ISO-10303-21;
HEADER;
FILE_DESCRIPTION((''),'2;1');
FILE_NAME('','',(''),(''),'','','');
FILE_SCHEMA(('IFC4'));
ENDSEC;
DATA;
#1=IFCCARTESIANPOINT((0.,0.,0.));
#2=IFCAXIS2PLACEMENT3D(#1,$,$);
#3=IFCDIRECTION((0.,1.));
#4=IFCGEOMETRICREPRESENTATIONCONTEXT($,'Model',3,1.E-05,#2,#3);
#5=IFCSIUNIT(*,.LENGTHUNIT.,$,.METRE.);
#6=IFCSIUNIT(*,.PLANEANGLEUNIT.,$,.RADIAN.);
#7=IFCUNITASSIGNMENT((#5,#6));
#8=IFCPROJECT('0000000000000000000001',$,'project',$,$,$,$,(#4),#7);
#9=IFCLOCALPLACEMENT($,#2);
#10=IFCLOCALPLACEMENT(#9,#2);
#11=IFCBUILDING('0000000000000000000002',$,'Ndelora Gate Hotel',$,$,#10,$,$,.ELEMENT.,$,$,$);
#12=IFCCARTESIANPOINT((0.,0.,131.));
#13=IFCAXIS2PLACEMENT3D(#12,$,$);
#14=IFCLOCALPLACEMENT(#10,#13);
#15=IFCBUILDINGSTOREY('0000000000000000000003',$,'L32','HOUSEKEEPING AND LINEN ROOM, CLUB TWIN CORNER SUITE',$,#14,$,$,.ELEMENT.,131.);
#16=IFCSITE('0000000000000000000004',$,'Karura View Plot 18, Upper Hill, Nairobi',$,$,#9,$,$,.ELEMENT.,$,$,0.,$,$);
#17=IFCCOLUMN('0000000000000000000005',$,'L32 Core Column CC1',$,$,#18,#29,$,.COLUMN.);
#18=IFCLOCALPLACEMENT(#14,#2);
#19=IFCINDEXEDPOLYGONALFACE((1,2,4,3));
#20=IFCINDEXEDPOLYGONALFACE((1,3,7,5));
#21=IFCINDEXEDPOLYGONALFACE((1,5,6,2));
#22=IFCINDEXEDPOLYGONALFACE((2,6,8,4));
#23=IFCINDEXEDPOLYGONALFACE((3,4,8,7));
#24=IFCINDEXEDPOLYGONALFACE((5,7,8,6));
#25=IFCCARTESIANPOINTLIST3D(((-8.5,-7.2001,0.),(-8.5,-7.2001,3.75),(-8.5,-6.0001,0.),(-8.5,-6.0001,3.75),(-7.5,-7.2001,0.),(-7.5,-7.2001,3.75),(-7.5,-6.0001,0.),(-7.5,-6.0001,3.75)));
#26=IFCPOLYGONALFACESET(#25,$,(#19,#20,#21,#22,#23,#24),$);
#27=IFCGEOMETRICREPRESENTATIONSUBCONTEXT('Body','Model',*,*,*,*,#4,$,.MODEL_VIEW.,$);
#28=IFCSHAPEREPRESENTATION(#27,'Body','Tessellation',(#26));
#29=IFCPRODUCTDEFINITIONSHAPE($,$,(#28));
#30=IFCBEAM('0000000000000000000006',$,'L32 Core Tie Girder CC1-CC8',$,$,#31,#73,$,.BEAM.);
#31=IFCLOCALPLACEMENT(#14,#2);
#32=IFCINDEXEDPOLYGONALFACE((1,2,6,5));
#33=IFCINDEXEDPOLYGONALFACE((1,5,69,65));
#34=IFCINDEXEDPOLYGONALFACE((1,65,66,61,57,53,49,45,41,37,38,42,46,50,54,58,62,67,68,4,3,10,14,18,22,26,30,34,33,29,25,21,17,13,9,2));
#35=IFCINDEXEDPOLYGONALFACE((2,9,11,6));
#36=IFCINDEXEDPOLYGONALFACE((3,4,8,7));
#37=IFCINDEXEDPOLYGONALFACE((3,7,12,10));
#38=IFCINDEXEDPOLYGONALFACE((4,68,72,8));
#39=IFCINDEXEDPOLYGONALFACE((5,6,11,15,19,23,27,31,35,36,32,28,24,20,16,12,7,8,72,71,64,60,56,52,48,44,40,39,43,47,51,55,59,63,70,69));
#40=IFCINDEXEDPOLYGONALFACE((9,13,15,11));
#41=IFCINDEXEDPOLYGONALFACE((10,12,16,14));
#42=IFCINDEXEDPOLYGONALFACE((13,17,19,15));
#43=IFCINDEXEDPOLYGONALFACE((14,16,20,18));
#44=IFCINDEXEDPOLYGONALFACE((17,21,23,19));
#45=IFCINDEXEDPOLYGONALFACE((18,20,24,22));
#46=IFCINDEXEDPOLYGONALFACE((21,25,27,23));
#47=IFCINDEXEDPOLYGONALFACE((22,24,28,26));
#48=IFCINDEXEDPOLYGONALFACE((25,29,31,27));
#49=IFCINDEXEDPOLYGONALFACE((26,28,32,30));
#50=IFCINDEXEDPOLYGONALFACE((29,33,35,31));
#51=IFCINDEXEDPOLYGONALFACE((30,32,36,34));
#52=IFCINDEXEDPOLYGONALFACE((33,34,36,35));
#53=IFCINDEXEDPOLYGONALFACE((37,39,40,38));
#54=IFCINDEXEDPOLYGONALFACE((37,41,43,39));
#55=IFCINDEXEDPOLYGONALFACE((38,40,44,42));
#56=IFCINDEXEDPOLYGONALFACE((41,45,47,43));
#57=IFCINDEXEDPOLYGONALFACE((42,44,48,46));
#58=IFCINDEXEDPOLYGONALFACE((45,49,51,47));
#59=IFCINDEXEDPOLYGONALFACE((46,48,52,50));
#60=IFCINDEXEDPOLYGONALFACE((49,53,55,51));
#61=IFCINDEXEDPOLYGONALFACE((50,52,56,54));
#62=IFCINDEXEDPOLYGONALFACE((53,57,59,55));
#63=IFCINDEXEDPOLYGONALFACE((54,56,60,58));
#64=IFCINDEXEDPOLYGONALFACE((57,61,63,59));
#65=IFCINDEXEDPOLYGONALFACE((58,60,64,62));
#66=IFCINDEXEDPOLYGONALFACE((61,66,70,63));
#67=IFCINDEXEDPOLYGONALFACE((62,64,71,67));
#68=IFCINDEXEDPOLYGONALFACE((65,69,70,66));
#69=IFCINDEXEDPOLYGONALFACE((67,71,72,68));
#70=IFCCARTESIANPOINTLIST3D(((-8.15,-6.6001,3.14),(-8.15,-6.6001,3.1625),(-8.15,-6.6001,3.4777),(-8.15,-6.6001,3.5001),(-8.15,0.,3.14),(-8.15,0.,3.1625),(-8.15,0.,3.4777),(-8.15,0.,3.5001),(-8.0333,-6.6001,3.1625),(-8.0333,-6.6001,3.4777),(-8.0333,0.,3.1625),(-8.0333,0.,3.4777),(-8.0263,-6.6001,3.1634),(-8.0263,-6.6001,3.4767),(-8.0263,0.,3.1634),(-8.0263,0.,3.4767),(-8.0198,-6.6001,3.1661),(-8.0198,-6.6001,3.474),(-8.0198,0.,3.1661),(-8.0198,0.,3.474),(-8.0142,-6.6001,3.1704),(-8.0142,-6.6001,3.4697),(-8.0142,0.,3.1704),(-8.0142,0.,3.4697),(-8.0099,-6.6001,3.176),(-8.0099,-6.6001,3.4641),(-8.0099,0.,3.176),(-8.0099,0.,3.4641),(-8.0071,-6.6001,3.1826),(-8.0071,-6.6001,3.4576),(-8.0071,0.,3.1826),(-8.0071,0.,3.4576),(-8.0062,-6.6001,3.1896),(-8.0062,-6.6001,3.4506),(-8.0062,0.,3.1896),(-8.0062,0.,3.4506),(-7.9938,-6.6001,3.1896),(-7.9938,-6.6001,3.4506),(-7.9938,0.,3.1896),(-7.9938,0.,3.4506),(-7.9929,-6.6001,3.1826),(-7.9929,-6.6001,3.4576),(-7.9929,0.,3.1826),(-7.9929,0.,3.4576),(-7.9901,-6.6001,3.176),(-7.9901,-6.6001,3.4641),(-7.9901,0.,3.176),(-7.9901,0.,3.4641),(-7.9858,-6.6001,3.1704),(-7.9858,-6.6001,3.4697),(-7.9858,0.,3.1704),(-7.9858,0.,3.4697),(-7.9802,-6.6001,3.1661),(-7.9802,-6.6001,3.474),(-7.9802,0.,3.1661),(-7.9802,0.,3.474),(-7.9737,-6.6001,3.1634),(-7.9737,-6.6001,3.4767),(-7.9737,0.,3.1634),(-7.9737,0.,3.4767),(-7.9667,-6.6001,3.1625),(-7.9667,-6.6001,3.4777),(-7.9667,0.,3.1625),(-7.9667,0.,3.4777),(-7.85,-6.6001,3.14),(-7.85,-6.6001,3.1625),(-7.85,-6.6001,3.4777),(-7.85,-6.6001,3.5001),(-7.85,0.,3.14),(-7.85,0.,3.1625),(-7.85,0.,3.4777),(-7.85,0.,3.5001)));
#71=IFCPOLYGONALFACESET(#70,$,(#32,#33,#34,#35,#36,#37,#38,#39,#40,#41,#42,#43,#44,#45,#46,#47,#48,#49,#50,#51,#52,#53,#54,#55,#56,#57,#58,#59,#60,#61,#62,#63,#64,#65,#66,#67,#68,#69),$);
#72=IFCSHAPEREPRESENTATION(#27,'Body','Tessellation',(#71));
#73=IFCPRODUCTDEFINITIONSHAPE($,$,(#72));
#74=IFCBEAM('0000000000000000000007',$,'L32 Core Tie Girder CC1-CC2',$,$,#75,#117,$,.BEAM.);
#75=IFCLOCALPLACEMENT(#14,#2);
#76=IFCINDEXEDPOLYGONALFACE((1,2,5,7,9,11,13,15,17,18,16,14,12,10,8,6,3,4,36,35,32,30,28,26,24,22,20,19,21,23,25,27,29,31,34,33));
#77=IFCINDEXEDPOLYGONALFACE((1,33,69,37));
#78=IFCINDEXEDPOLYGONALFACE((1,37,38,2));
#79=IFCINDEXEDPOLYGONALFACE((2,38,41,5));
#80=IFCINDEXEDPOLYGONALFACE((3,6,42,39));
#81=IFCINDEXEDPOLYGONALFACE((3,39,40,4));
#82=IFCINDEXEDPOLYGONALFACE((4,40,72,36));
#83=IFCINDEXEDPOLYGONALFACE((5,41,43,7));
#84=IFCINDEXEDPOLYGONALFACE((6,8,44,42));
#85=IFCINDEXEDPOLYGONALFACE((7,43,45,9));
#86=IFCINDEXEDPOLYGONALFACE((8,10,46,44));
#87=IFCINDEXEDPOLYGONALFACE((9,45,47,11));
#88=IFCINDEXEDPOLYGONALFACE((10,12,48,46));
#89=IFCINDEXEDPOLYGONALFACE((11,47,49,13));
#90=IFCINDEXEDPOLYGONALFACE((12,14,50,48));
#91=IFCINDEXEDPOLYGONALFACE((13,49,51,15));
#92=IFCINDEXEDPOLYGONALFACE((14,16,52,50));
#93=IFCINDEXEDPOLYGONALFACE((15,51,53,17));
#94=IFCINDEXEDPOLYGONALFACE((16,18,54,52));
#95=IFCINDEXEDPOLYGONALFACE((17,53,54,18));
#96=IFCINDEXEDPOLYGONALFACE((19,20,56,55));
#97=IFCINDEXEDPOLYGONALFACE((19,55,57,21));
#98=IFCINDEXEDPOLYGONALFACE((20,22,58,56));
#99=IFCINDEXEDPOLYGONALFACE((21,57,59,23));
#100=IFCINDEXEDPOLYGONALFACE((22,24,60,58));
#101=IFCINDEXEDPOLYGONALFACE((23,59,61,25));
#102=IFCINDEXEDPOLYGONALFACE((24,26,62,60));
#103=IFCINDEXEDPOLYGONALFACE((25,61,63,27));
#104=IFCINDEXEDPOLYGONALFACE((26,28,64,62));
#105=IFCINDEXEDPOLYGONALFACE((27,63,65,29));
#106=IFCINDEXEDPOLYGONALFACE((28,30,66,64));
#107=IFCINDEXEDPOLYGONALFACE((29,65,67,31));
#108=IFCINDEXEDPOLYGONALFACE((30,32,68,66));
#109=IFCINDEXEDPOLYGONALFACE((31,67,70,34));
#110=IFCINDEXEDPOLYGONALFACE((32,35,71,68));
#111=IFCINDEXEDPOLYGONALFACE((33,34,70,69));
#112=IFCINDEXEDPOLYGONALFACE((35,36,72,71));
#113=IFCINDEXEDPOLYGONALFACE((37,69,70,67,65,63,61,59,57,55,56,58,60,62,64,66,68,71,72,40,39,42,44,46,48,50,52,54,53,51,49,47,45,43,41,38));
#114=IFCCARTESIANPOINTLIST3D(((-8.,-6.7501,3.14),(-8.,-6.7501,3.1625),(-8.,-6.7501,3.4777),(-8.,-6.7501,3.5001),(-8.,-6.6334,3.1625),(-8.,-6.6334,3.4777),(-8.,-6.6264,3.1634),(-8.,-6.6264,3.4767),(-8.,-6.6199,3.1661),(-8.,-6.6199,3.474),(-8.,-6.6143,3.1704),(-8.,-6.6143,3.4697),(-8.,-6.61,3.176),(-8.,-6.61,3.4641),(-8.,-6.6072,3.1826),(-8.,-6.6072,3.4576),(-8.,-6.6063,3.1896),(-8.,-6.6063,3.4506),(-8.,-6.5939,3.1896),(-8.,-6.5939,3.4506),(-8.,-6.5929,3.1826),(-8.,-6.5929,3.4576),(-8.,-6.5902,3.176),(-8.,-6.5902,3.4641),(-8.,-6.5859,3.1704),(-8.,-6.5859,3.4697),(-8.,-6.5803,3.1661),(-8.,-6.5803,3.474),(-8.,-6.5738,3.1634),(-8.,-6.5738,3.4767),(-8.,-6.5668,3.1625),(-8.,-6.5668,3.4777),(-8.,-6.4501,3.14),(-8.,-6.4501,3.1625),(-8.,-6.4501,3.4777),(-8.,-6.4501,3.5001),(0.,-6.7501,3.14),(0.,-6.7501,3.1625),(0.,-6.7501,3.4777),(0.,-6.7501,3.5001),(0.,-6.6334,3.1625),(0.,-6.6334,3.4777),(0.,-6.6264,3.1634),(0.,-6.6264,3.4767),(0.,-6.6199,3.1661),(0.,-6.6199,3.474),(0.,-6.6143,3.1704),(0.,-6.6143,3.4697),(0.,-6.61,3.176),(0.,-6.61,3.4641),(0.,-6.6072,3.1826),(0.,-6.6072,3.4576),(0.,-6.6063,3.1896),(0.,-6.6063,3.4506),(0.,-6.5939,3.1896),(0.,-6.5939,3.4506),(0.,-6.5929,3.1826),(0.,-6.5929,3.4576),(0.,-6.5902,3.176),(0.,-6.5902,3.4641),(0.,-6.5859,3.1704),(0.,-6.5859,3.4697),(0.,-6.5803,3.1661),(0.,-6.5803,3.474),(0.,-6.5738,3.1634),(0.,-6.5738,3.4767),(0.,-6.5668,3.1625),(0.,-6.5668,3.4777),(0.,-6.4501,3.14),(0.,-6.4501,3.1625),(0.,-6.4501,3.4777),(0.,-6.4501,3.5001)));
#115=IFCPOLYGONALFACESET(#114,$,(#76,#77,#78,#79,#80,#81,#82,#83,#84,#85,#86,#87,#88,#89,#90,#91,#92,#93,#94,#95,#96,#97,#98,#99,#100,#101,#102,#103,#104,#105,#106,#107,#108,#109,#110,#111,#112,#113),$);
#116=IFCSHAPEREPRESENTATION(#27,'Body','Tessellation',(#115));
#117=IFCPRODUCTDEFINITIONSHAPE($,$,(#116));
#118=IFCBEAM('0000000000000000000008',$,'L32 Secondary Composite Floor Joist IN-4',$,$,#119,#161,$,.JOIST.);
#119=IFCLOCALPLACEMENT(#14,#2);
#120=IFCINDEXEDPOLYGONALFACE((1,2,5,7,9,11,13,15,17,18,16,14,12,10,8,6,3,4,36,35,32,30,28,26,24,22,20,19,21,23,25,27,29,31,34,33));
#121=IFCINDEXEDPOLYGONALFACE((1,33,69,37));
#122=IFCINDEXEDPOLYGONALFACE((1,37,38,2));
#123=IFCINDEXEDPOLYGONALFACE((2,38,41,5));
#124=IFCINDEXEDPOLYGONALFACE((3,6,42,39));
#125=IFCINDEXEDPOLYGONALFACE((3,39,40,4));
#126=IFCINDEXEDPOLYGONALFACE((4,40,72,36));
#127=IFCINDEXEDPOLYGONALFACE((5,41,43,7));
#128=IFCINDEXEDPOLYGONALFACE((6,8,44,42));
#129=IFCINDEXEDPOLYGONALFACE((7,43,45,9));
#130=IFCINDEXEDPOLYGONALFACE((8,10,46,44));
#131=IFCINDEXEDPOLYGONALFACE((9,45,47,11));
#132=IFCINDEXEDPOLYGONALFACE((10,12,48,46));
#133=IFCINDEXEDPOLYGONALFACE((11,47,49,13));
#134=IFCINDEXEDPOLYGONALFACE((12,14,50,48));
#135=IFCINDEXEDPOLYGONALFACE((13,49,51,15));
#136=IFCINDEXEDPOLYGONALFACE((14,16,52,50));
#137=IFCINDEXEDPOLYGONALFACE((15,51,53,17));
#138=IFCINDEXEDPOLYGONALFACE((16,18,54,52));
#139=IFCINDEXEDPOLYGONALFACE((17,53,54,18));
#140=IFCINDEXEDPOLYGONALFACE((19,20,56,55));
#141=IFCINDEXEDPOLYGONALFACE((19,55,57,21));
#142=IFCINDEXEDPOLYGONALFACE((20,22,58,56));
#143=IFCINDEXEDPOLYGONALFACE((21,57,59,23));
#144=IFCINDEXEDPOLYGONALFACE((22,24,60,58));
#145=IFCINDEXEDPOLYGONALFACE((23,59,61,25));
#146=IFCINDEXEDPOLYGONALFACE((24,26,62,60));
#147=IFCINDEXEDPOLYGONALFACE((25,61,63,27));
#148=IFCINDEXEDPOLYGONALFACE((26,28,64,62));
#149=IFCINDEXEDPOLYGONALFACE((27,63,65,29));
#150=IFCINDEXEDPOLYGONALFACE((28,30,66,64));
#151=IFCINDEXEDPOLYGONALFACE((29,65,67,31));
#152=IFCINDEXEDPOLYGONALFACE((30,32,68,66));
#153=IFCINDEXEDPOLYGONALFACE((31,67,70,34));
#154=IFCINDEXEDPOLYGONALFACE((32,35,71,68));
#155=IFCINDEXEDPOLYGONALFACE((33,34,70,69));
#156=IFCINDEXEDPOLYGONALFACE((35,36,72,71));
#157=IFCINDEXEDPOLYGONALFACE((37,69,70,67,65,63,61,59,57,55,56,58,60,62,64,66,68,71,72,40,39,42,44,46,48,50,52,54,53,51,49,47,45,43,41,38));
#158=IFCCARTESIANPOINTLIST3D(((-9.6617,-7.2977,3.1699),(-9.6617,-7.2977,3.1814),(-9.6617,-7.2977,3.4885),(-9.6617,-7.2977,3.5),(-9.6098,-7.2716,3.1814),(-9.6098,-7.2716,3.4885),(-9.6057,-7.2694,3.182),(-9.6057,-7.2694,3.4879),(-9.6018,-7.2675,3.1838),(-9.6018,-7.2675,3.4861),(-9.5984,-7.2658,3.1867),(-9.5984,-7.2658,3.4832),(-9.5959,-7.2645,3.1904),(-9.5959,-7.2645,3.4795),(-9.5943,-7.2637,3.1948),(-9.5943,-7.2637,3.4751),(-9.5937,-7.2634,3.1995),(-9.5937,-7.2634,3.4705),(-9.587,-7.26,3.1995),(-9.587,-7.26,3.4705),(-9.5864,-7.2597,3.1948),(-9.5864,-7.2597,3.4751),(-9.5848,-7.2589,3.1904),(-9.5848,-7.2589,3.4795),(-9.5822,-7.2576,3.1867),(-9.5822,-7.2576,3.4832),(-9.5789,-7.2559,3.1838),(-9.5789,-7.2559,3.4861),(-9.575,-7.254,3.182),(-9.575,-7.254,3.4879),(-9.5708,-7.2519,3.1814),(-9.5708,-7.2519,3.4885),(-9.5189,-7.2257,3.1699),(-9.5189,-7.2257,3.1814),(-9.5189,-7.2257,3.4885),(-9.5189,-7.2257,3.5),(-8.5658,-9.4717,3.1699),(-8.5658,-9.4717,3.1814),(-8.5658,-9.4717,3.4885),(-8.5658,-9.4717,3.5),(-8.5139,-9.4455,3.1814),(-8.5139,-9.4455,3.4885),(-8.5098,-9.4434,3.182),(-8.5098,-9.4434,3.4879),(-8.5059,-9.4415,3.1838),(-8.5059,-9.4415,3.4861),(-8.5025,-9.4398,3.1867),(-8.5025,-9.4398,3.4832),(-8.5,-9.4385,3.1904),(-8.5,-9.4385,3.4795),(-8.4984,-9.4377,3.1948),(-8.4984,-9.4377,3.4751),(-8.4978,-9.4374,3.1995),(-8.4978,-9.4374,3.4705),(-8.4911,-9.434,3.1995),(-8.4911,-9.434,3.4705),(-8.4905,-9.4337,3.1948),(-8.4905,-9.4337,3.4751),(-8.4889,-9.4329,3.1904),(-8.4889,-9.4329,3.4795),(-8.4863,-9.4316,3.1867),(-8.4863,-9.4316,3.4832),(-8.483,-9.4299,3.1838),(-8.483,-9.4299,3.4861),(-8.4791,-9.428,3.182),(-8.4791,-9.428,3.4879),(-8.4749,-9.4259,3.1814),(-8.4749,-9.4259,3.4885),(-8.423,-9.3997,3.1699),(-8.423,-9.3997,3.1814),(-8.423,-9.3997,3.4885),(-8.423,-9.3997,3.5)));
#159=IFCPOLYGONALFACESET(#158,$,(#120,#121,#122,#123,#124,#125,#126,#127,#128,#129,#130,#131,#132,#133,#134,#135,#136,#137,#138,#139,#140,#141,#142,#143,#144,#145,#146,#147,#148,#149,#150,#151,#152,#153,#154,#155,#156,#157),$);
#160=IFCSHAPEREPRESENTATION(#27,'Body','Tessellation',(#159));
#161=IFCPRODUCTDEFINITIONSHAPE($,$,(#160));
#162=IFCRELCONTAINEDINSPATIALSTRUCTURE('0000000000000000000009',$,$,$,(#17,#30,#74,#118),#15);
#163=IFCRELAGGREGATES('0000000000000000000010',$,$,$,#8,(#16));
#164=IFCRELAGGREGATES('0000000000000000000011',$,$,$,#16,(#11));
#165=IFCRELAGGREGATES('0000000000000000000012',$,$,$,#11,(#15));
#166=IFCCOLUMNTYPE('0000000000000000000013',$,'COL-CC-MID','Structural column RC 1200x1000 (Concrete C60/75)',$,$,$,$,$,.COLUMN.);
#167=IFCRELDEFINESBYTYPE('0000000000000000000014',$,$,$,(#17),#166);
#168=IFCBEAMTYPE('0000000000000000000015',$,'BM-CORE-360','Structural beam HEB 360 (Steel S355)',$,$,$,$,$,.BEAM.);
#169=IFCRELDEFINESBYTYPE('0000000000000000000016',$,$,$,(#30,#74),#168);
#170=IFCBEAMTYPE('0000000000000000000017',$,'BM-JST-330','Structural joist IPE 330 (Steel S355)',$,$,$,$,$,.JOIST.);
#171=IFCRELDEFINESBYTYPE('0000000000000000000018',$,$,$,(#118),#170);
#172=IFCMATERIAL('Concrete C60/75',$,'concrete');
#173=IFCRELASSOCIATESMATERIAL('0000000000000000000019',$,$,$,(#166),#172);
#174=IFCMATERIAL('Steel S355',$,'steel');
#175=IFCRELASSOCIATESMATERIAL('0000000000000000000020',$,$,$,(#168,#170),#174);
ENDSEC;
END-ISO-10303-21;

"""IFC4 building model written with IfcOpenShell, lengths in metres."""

from ifc_helpers import new_model, si_unit, direction, frame, origin, origin_2d, place, context, subcontext, project, spatial, rectangle, i_section, extrude, material, material_profile, profile_set, type_object, element, save


model = new_model("IFC4")

# Units and contexts
model_context = context("Model", 3, precision=1e-05, world=origin(), true_north=direction((0.0, 1.0)))
body_context = subcontext(model_context, "Body", "Model", "MODEL_VIEW")
ifc_project = project(units=[si_unit("LENGTHUNIT", "METRE"), si_unit("PLANEANGLEUNIT", "RADIAN")], contexts=[model_context])

# Site, building, storey
site_placement = place(None, origin())
site = spatial("IfcSite", under=ifc_project, at=site_placement, Name="Karura View Plot 18, Upper Hill, Nairobi", CompositionType="ELEMENT", RefElevation=0.0)
building_placement = place(site_placement, origin())
building = spatial("IfcBuilding", under=site, at=building_placement, Name="Ndelora Gate Hotel", CompositionType="ELEMENT")
storey_placement = place(building_placement, frame((0.0, 0.0, 131.0)))
storey = spatial("IfcBuildingStorey", under=building, at=storey_placement, Name="L32", Description="HOUSEKEEPING AND LINEN ROOM, CLUB TWIN CORNER SUITE", CompositionType="ELEMENT", Elevation=131.0)

# Column
ifc_material_1 = material(Name="Concrete C60/75", Category="concrete")
ifc_material_profile_1 = material_profile(ifc_material_1, rectangle(XDim=1.0, YDim=1.2, at=origin_2d()), Name="RC 1200x1000")
ifc_profile_set_1 = profile_set([ifc_material_profile_1], Name="Concrete C60/75")
column_type = type_object("IfcColumnType", Name="COL-CC-MID", Description="Structural column RC 1200x1000 (Concrete C60/75)", PredefinedType="COLUMN", material=ifc_profile_set_1)
column_placement = place(storey_placement, frame((-8.0, -6.6001, 0.0), z_axis=(0.0, 0.0, 1.0), x_axis=(1.0, 0.0, 0.0)))
element("IfcColumn", 1, at=column_placement, inside=storey, type_object=column_type, Name="L32 Core Column CC1", PredefinedType="COLUMN", context=body_context, shape_type="SweptSolid", body=[
    extrude(rectangle(XDim=1.0, YDim=1.2, at=origin_2d()), origin(), (0.0, 0.0, 1.0), 3.75),
])

# Beams
ifc_material_2 = material(Name="Steel S355", Category="steel")
ifc_material_profile_2 = material_profile(ifc_material_2, i_section(OverallWidth=0.3, OverallDepth=0.3601, WebThickness=0.0125, FlangeThickness=0.0225, FilletRadius=0.0271, at=origin_2d()), Name="HEB 360")
ifc_profile_set_2 = profile_set([ifc_material_profile_2], Name="Steel S355")
beam_type_1 = type_object("IfcBeamType", Name="BM-CORE-360", Description="Structural beam HEB 360 (Steel S355)", PredefinedType="BEAM", material=ifc_profile_set_2)
beam_1_placement = place(storey_placement, frame((-8.0, -6.6001, 3.3201), z_axis=(0.0, 1.0, 0.0), x_axis=(-1.0, 0.0, 0.0)))
element("IfcBeam", 2, at=beam_1_placement, inside=storey, type_object=beam_type_1, Name="L32 Core Tie Girder CC1-CC8", PredefinedType="BEAM", context=body_context, shape_type="SweptSolid", body=[
    extrude(i_section(OverallWidth=0.3, OverallDepth=0.3601, WebThickness=0.0125, FlangeThickness=0.0225, FilletRadius=0.0271, at=origin_2d()), origin(), (0.0, 0.0, 1.0), 6.6001),
])
beam_2_placement = place(storey_placement, frame((-8.0, -6.6001, 3.3201), z_axis=(1.0, 0.0, 0.0), x_axis=(0.0, 1.0, 0.0)))
element("IfcBeam", 3, at=beam_2_placement, inside=storey, type_object=beam_type_1, Name="L32 Core Tie Girder CC1-CC2", PredefinedType="BEAM", context=body_context, shape_type="SweptSolid", body=[
    extrude(i_section(OverallWidth=0.3, OverallDepth=0.3601, WebThickness=0.0125, FlangeThickness=0.0225, FilletRadius=0.0271, at=origin_2d()), origin(), (0.0, 0.0, 1.0), 8.0),
])
ifc_material_profile_3 = material_profile(ifc_material_2, i_section(OverallWidth=0.1599, OverallDepth=0.3301, WebThickness=0.0076, FlangeThickness=0.0115, FilletRadius=0.0181, at=origin_2d()), Name="IPE 330")
ifc_profile_set_3 = profile_set([ifc_material_profile_3], Name="Steel S355")
beam_type_2 = type_object("IfcBeamType", Name="BM-JST-330", Description="Structural joist IPE 330 (Steel S355)", PredefinedType="JOIST", material=ifc_profile_set_3)
beam_3_placement = place(storey_placement, frame((-9.5903, -7.2617, 3.335), z_axis=(0.450139, -0.892958, 0.0), x_axis=(0.892958, 0.450139, 0.0)))
element("IfcBeam", 4, at=beam_3_placement, inside=storey, type_object=beam_type_2, Name="L32 Secondary Composite Floor Joist IN-4", PredefinedType="JOIST", context=body_context, shape_type="SweptSolid", body=[
    extrude(i_section(OverallWidth=0.1599, OverallDepth=0.3301, WebThickness=0.0076, FlangeThickness=0.0115, FilletRadius=0.0181, at=origin_2d()), origin(), (0.0, 0.0, 1.0), 2.4346),
])

save(model, "model.ifc")
